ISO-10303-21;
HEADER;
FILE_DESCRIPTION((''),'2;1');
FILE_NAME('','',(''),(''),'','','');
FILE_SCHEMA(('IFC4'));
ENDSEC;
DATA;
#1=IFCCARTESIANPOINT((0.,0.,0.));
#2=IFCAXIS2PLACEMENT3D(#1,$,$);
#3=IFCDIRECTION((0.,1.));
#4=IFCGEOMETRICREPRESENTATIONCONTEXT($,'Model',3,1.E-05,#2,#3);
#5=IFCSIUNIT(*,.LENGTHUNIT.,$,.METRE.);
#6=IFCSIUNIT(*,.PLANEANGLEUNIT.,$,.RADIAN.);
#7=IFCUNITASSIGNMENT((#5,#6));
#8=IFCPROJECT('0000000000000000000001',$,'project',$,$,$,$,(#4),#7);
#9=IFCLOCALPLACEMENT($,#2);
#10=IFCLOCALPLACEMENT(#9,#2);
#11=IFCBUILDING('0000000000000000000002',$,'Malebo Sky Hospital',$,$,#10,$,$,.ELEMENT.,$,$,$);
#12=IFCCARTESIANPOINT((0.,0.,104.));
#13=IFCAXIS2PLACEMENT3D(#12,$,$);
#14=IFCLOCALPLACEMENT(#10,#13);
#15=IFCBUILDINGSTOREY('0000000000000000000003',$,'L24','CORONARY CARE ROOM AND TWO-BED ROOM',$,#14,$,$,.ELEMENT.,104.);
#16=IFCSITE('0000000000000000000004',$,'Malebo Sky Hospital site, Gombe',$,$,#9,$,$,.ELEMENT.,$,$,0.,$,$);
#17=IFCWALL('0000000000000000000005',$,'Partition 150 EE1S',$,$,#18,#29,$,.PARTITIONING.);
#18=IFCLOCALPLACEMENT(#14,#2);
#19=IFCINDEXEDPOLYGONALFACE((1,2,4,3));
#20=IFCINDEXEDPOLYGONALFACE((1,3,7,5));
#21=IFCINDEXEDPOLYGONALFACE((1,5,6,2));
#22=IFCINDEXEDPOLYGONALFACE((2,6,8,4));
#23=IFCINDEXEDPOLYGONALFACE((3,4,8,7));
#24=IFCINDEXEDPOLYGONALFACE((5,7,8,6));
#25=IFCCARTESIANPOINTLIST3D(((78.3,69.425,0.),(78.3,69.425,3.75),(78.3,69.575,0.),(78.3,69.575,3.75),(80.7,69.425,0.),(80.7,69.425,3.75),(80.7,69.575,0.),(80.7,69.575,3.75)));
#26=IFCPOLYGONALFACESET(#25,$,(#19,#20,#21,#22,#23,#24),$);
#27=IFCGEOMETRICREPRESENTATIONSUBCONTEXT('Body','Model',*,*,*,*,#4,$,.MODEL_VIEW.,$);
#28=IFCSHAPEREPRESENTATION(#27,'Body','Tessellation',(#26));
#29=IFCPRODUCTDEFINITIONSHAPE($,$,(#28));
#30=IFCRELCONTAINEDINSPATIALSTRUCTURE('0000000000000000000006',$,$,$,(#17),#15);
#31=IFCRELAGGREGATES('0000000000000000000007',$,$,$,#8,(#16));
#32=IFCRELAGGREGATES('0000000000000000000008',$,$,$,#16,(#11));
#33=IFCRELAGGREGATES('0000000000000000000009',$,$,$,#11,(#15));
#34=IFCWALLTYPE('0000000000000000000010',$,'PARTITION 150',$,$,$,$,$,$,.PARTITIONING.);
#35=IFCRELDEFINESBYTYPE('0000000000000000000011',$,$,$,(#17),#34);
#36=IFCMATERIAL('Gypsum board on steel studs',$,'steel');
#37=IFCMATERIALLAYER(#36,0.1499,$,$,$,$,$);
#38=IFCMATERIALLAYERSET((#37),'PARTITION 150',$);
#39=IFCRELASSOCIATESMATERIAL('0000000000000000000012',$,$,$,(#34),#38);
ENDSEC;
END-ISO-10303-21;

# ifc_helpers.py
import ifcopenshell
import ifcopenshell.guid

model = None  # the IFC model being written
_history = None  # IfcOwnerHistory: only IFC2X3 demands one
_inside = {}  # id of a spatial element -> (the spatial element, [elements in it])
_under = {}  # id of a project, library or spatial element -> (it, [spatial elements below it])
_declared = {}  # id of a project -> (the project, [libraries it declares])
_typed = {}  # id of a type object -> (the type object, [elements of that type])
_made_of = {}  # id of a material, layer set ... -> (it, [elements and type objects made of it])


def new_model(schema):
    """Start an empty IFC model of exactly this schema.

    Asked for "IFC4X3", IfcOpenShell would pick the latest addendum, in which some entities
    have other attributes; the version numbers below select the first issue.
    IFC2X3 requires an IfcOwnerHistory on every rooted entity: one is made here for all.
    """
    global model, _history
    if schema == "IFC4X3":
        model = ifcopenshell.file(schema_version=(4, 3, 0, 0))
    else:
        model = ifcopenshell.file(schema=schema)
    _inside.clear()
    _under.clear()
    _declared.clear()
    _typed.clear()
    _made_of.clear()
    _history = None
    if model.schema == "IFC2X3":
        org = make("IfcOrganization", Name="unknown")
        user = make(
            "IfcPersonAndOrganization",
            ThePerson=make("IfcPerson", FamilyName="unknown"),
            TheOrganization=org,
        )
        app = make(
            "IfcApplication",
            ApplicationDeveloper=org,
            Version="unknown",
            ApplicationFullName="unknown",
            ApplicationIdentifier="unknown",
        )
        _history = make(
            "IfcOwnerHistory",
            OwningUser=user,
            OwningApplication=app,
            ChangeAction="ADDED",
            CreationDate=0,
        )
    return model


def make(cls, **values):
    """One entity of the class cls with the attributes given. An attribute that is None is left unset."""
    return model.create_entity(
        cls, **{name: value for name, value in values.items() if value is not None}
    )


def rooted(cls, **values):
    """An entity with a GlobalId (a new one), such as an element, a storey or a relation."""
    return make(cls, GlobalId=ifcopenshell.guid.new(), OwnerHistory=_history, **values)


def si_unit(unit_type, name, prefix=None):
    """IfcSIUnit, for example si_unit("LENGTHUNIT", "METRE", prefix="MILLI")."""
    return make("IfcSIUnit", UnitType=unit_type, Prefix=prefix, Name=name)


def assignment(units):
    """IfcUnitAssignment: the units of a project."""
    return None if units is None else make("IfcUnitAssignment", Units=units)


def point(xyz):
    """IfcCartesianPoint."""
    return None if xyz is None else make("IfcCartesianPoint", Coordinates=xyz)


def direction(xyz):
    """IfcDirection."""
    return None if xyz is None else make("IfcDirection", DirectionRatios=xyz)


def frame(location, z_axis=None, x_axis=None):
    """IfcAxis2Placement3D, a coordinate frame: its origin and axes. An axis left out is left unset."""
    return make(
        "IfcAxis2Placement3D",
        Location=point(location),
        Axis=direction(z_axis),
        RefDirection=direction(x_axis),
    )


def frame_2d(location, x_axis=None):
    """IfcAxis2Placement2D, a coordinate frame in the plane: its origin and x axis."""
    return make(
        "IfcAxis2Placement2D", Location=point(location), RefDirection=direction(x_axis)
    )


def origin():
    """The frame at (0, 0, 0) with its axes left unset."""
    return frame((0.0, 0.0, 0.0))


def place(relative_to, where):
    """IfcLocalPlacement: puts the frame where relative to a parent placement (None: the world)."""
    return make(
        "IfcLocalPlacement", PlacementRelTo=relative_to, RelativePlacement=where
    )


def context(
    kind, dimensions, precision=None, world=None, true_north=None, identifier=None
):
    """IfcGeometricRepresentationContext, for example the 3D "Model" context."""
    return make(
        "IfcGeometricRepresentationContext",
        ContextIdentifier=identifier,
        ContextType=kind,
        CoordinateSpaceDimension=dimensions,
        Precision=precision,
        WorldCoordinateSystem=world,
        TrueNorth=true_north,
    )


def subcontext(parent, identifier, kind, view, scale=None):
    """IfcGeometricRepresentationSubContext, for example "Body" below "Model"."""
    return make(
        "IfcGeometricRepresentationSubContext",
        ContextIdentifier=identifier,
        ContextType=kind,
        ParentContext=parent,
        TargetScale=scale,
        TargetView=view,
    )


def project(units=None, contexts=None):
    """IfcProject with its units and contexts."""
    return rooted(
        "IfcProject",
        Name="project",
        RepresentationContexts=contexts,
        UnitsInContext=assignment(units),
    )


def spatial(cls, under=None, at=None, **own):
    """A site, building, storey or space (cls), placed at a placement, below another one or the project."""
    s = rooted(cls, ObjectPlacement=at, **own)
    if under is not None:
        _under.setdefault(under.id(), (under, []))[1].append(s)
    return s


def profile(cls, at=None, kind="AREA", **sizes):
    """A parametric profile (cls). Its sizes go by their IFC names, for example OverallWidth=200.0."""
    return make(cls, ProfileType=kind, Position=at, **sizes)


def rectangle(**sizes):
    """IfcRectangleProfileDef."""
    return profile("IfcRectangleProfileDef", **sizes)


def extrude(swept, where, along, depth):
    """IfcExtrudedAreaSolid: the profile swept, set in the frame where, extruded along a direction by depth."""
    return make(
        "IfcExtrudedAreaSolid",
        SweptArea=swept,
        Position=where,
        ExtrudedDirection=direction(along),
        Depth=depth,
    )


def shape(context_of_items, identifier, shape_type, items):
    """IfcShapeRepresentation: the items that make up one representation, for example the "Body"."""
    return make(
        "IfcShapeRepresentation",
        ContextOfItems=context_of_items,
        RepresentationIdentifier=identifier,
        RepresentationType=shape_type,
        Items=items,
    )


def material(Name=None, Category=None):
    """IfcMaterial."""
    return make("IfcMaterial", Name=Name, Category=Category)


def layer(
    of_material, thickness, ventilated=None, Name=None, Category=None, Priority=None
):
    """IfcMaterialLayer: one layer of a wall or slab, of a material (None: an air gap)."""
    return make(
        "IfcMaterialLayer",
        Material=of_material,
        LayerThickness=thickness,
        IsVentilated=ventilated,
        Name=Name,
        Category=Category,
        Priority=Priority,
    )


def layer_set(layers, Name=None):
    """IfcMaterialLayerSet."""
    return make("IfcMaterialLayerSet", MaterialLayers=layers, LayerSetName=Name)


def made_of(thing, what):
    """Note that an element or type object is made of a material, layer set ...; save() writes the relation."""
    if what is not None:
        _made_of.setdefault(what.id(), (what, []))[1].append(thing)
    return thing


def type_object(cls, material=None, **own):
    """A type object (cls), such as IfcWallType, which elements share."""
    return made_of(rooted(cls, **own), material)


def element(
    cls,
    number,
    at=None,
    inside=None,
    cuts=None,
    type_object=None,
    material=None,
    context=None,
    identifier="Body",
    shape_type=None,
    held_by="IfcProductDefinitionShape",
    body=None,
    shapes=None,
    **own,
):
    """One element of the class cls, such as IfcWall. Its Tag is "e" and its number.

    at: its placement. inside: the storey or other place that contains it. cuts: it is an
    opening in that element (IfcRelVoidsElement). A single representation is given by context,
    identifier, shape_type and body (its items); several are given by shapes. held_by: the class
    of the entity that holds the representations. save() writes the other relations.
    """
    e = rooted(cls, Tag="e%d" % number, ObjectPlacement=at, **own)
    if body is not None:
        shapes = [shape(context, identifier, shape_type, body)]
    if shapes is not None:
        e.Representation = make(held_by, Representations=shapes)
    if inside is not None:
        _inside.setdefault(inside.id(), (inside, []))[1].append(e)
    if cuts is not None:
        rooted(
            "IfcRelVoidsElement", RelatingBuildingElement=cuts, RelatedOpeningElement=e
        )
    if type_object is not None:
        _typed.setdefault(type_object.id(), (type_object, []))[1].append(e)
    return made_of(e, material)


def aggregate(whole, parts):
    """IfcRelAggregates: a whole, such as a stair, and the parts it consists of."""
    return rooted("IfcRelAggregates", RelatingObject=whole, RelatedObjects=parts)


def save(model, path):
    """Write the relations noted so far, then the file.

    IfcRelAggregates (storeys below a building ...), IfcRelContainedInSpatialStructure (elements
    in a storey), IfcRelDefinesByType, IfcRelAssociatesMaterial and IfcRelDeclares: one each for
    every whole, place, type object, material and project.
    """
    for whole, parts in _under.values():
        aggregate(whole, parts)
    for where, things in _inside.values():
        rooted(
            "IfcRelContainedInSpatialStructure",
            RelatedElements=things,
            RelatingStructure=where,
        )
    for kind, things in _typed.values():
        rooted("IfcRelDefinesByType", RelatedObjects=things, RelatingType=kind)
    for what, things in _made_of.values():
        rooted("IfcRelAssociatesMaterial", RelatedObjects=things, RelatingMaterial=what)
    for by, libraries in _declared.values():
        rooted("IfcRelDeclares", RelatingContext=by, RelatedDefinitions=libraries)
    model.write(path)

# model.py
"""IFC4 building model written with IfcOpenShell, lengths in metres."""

from ifc_helpers import new_model, si_unit, direction, frame, frame_2d, origin, place, context, subcontext, project, spatial, rectangle, extrude, material, layer, layer_set, type_object, element, save


model = new_model("IFC4")

# Units and contexts
model_context = context("Model", 3, precision=1e-05, world=origin(), true_north=direction((0.0, 1.0)))
body_context = subcontext(model_context, "Body", "Model", "MODEL_VIEW")
ifc_project = project(units=[si_unit("LENGTHUNIT", "METRE"), si_unit("PLANEANGLEUNIT", "RADIAN")], contexts=[model_context])

# Site, building, storey
site_placement = place(None, origin())
site = spatial("IfcSite", under=ifc_project, at=site_placement, Name="Malebo Sky Hospital site, Gombe", CompositionType="ELEMENT", RefElevation=0.0)
building_placement = place(site_placement, origin())
building = spatial("IfcBuilding", under=site, at=building_placement, Name="Malebo Sky Hospital", CompositionType="ELEMENT")
storey_placement = place(building_placement, frame((0.0, 0.0, 104.0)))
storey = spatial("IfcBuildingStorey", under=building, at=storey_placement, Name="L24", Description="CORONARY CARE ROOM AND TWO-BED ROOM", CompositionType="ELEMENT", Elevation=104.0)

# Shared definitions
ifc_material_1 = material(Name="Gypsum board on steel studs", Category="steel")
ifc_layer_1 = layer(ifc_material_1, 0.1499)
ifc_layer_set_1 = layer_set([ifc_layer_1], Name="PARTITION 150")
wall_type = type_object("IfcWallType", Name="PARTITION 150", PredefinedType="PARTITIONING", material=ifc_layer_set_1)

# Wall
wall_1_placement = place(storey_placement, frame((78.3, 69.5, 0.0), z_axis=(0.0, 0.0, 1.0), x_axis=(1.0, 0.0, 0.0)))
element("IfcWall", 1, at=wall_1_placement, inside=storey, type_object=wall_type, Name="Partition 150 EE1S", PredefinedType="PARTITIONING", context=body_context, shape_type="SweptSolid", body=[
    extrude(rectangle(XDim=2.3999, YDim=0.1499, at=frame_2d((1.2, 0.0))), origin(), (0.0, 0.0, 1.0), 3.75),
])

save(model, "model.ifc")
